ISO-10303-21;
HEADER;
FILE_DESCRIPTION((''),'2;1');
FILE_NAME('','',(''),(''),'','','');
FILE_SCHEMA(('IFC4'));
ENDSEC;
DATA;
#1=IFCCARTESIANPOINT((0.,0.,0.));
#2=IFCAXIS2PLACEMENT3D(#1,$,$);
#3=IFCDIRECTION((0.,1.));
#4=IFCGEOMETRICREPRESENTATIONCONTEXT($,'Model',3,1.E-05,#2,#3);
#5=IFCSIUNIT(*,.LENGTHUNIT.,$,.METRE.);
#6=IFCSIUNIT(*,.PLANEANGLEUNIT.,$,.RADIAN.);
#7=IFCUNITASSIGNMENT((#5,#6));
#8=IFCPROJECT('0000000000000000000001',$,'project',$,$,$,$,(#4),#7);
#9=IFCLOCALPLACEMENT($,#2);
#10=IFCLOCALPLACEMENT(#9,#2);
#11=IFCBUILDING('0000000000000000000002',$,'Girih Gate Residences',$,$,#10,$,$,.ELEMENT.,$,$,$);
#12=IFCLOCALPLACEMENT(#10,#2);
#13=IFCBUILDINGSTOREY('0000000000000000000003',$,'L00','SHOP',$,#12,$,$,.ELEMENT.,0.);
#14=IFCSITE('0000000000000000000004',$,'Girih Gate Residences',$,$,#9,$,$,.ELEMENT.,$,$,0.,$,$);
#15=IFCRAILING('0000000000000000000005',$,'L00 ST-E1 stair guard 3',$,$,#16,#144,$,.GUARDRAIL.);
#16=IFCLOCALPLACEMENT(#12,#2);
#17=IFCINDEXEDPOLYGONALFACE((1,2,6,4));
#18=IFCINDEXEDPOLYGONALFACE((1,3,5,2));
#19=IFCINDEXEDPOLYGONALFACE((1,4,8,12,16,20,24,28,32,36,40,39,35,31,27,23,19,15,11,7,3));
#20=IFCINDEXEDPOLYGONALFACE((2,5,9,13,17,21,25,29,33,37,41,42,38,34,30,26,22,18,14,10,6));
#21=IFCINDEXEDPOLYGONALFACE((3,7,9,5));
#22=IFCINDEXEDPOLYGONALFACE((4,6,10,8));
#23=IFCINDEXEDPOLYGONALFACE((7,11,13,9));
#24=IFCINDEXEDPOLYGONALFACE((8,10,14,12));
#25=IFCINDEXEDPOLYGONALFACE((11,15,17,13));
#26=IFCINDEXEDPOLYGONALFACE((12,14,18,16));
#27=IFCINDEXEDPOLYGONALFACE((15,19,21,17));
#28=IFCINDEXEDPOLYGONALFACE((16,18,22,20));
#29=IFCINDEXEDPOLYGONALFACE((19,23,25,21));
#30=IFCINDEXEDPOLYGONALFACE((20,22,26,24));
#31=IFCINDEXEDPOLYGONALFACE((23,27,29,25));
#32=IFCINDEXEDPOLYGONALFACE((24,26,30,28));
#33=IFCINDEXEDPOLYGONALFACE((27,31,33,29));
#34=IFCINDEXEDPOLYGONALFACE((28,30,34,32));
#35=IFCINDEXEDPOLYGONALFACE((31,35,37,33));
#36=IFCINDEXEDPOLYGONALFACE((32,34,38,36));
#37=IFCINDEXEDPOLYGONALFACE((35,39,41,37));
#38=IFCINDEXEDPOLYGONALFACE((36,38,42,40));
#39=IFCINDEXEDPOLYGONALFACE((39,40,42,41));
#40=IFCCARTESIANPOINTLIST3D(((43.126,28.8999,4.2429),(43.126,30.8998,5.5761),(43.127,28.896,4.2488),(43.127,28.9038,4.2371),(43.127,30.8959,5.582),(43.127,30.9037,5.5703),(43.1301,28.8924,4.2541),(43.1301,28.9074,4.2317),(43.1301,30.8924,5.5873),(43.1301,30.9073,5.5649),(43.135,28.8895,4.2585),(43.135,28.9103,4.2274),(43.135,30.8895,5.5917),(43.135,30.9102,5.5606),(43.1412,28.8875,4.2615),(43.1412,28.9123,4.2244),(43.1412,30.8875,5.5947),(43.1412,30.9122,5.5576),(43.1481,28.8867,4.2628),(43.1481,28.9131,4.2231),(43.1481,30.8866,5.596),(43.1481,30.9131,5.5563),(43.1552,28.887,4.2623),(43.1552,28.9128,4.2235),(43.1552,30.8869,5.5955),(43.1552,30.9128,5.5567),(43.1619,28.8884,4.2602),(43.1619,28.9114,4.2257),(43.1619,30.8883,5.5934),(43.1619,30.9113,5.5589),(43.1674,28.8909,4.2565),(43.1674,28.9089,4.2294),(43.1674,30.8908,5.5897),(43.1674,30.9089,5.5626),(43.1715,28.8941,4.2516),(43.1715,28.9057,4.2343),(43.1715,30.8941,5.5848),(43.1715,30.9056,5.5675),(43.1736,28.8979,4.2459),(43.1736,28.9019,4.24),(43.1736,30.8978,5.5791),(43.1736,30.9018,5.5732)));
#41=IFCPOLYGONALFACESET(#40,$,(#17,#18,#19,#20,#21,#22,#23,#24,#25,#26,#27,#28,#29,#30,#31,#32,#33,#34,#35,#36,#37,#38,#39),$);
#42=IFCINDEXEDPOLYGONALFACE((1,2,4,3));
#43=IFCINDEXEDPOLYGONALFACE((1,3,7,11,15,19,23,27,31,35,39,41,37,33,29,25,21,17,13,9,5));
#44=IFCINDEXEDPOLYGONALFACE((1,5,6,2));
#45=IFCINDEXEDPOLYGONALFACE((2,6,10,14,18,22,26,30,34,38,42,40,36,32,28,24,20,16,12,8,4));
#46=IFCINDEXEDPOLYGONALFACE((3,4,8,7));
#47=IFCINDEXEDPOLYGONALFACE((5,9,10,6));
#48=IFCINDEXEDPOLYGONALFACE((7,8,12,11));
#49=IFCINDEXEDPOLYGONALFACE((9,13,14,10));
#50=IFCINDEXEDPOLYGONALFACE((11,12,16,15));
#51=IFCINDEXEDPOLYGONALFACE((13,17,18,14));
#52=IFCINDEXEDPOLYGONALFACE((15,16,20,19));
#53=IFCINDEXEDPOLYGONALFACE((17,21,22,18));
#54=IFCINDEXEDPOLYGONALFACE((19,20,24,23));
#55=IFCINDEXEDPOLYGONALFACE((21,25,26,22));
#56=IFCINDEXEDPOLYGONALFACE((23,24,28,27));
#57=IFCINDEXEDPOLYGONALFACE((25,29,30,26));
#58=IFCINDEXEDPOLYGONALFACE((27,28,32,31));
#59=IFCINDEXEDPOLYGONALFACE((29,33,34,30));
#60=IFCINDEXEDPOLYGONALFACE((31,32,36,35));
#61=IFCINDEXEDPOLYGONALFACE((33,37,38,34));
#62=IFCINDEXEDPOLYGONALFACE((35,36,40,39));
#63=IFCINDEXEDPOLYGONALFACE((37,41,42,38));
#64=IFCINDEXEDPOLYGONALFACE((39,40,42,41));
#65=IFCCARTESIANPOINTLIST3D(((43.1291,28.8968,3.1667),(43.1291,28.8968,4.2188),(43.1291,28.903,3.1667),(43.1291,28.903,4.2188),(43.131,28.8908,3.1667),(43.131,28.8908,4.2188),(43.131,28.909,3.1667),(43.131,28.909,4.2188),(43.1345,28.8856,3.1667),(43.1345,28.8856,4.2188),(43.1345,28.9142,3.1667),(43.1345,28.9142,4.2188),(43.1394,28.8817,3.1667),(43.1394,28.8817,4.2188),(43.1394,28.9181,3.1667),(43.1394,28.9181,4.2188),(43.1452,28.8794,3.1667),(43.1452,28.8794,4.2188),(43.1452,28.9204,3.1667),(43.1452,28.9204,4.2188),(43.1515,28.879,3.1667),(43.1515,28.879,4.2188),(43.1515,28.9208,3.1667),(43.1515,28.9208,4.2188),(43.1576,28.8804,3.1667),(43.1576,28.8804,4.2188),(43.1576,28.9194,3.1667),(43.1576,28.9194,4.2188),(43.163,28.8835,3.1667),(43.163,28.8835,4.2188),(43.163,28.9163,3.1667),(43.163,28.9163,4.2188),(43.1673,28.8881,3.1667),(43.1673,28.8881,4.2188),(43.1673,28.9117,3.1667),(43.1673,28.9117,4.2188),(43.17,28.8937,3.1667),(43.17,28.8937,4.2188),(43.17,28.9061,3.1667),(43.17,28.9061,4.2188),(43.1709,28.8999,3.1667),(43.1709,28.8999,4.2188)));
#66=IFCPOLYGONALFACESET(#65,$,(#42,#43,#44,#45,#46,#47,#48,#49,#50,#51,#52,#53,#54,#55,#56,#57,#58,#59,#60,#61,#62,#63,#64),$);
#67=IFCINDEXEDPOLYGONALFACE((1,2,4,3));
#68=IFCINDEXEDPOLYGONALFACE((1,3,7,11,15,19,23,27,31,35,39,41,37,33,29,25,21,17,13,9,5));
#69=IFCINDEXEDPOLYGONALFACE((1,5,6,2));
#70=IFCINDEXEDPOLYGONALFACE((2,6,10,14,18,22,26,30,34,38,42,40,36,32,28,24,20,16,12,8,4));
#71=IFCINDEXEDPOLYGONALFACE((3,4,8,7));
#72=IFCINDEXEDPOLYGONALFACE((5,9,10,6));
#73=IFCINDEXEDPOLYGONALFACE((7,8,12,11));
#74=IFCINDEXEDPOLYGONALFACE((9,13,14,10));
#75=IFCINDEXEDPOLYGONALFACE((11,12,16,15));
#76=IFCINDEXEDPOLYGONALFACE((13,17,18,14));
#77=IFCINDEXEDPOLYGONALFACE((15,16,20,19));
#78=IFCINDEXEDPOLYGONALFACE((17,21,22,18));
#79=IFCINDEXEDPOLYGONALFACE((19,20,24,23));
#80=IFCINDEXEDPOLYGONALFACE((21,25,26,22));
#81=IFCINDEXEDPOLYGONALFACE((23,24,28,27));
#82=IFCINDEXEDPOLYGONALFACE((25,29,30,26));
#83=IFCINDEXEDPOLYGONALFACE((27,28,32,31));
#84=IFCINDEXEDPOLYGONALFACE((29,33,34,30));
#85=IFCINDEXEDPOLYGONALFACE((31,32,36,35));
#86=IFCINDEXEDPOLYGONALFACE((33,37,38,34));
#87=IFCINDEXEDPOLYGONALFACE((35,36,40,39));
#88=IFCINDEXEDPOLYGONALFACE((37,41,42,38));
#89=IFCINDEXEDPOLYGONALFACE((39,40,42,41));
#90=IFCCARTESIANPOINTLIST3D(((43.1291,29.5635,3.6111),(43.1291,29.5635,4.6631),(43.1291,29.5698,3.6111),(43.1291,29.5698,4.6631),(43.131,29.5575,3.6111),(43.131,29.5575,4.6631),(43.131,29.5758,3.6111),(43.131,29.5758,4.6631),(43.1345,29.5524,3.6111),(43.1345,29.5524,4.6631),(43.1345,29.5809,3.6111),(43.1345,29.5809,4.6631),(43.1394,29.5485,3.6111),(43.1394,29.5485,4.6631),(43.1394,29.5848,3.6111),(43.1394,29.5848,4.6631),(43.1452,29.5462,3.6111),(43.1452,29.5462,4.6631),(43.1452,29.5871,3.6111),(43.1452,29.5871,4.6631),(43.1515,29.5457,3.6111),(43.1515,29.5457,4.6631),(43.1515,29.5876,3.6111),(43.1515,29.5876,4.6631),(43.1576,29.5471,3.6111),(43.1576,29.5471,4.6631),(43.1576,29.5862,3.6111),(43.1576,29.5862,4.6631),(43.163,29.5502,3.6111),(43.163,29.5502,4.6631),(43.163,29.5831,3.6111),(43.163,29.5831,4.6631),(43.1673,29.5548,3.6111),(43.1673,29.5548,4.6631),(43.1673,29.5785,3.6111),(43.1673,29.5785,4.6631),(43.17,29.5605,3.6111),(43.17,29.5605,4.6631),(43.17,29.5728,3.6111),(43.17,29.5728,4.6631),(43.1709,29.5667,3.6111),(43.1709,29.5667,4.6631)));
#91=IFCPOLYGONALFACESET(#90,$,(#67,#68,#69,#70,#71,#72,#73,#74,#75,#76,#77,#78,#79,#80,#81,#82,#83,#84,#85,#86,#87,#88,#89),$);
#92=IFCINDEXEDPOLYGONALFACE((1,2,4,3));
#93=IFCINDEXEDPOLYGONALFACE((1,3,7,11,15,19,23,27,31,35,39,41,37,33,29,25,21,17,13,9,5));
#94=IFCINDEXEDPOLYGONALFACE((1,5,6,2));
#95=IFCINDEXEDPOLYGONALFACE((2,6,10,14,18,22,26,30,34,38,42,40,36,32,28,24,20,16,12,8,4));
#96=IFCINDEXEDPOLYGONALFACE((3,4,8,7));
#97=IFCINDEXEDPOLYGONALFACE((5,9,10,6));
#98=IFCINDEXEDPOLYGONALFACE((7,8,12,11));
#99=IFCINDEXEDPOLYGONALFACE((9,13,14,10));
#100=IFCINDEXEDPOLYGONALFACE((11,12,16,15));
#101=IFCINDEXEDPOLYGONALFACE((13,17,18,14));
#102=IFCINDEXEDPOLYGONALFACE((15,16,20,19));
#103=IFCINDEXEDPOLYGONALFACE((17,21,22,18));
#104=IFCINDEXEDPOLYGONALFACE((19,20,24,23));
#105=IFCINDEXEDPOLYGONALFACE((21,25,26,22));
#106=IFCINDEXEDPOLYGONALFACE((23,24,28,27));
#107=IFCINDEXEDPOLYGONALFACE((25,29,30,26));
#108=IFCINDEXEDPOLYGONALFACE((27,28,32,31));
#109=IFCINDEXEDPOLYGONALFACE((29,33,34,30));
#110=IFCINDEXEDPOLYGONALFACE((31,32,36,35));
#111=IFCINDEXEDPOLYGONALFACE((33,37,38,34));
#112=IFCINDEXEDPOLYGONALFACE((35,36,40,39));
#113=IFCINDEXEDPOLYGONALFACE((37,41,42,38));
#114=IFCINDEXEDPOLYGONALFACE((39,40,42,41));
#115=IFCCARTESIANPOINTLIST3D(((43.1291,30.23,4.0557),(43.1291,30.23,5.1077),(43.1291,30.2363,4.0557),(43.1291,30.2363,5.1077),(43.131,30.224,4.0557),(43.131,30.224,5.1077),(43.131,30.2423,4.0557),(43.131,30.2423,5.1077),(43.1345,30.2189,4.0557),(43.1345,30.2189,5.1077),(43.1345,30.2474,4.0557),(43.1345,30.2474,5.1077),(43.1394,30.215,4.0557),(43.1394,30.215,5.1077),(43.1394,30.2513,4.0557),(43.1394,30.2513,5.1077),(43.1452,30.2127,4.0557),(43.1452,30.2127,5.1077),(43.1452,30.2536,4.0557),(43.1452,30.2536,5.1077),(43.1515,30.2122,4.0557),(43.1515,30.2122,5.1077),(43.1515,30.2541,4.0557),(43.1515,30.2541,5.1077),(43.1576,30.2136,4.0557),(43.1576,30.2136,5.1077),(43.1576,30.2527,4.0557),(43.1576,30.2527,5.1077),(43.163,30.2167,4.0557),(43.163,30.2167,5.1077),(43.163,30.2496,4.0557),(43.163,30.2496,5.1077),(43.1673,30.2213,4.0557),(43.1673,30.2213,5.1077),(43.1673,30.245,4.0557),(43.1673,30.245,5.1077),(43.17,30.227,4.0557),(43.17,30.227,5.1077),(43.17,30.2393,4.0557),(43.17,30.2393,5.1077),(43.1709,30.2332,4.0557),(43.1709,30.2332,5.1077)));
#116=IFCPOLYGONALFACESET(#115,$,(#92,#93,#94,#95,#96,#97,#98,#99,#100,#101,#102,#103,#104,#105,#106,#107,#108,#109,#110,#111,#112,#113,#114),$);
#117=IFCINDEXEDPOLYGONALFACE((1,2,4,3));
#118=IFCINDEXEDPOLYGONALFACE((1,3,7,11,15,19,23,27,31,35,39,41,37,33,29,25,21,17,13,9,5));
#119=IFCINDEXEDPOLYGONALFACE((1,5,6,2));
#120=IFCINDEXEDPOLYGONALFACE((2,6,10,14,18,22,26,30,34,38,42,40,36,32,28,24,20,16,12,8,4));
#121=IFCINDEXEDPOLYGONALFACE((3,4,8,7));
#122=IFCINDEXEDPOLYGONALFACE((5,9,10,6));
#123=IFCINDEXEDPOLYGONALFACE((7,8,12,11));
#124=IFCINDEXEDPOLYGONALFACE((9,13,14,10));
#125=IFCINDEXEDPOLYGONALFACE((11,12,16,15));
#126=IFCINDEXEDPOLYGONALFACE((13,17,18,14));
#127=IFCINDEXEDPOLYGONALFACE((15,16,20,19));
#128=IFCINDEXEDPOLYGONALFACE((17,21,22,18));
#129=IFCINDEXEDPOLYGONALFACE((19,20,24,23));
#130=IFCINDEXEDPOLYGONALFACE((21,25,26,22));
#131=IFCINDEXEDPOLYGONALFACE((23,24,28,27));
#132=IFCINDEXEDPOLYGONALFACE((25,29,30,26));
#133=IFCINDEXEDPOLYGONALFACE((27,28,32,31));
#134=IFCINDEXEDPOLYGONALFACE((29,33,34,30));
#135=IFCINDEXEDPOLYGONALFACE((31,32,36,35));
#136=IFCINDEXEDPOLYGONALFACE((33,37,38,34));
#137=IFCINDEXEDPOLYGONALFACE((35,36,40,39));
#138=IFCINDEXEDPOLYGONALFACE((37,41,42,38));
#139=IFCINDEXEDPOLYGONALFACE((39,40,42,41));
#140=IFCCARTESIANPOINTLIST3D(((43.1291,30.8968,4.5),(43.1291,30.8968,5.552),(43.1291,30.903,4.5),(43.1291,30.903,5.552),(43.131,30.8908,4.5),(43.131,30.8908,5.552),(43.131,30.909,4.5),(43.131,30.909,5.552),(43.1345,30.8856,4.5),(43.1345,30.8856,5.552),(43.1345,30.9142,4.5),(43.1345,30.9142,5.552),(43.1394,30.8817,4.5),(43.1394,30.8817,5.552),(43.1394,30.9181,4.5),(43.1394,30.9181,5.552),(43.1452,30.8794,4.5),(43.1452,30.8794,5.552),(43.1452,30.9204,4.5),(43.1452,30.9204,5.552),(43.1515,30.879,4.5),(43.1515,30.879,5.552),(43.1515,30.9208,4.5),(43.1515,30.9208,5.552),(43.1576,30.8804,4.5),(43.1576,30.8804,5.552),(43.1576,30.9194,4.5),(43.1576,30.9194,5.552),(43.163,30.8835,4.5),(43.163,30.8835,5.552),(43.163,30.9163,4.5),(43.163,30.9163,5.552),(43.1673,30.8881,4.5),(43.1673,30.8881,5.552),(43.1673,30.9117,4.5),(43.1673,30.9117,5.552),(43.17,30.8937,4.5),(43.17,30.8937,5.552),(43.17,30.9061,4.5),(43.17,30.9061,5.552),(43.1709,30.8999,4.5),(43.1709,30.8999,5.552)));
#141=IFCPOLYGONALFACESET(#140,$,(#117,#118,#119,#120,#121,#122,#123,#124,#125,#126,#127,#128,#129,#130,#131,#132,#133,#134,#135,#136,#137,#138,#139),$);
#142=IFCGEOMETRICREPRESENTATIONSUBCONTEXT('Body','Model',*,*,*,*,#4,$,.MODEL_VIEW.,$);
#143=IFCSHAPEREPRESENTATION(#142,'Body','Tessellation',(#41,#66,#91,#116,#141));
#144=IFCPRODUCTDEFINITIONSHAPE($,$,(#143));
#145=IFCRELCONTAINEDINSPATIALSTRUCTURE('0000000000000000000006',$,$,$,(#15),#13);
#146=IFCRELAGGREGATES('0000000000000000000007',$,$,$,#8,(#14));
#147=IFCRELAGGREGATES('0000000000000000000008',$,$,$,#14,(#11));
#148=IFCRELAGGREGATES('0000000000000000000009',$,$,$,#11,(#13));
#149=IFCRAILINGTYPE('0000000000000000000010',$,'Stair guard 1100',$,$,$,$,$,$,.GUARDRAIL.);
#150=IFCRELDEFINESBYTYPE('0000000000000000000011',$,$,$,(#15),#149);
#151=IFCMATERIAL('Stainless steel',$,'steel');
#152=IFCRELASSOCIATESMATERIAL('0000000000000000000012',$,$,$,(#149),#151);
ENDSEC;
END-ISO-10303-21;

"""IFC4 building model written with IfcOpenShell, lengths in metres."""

from ifc_helpers import new_model, si_unit, direction, frame, origin, origin_2d, place, context, subcontext, project, spatial, circle, extrude, material, type_object, element, save


model = new_model("IFC4")

# Units and contexts
model_context = context("Model", 3, precision=1e-05, world=origin(), true_north=direction((0.0, 1.0)))
body_context = subcontext(model_context, "Body", "Model", "MODEL_VIEW")
ifc_project = project(units=[si_unit("LENGTHUNIT", "METRE"), si_unit("PLANEANGLEUNIT", "RADIAN")], contexts=[model_context])

# Site, building, storey
site_placement = place(None, origin())
site = spatial("IfcSite", under=ifc_project, at=site_placement, Name="Girih Gate Residences", CompositionType="ELEMENT", RefElevation=0.0)
building_placement = place(site_placement, origin())
building = spatial("IfcBuilding", under=site, at=building_placement, Name="Girih Gate Residences", CompositionType="ELEMENT")
storey_placement = place(building_placement, origin())
storey = spatial("IfcBuildingStorey", under=building, at=storey_placement, Name="L00", Description="SHOP", CompositionType="ELEMENT", Elevation=0.0)

# Railing
ifc_material_1 = material(Name="Stainless steel", Category="steel")
railing_type_1 = type_object("IfcRailingType", Name="Stair guard 1100", PredefinedType="GUARDRAIL", material=ifc_material_1)
railing_1_placement = place(storey_placement, frame((43.1499, 28.8999, 3.1667)))
element("IfcRailing", 1, at=railing_1_placement, inside=storey, type_object=railing_type_1, Name="L00 ST-E1 stair guard 3", PredefinedType="GUARDRAIL", context=body_context, shape_type="SweptSolid", body=[
    extrude(circle(Radius=0.0239, at=origin_2d()), frame((0.0, 0.0, 1.0762), z_axis=(0.0, 0.832066, 0.554677), x_axis=(-1.0, 0.0, 0.0)), (0.0, 0.0, 1.0), 2.4036),
    extrude(circle(Radius=0.021, at=origin_2d()), origin(), (0.0, 0.0, 1.0), 1.052),
    extrude(circle(Radius=0.021, at=origin_2d()), frame((0.0, 0.6667, 0.4443)), (0.0, 0.0, 1.0), 1.052),
    extrude(circle(Radius=0.021, at=origin_2d()), frame((0.0, 1.3333, 0.8889)), (0.0, 0.0, 1.0), 1.052),
    extrude(circle(Radius=0.021, at=origin_2d()), frame((0.0, 2.0, 1.3333)), (0.0, 0.0, 1.0), 1.052),
])

save(model, "model.ifc")
